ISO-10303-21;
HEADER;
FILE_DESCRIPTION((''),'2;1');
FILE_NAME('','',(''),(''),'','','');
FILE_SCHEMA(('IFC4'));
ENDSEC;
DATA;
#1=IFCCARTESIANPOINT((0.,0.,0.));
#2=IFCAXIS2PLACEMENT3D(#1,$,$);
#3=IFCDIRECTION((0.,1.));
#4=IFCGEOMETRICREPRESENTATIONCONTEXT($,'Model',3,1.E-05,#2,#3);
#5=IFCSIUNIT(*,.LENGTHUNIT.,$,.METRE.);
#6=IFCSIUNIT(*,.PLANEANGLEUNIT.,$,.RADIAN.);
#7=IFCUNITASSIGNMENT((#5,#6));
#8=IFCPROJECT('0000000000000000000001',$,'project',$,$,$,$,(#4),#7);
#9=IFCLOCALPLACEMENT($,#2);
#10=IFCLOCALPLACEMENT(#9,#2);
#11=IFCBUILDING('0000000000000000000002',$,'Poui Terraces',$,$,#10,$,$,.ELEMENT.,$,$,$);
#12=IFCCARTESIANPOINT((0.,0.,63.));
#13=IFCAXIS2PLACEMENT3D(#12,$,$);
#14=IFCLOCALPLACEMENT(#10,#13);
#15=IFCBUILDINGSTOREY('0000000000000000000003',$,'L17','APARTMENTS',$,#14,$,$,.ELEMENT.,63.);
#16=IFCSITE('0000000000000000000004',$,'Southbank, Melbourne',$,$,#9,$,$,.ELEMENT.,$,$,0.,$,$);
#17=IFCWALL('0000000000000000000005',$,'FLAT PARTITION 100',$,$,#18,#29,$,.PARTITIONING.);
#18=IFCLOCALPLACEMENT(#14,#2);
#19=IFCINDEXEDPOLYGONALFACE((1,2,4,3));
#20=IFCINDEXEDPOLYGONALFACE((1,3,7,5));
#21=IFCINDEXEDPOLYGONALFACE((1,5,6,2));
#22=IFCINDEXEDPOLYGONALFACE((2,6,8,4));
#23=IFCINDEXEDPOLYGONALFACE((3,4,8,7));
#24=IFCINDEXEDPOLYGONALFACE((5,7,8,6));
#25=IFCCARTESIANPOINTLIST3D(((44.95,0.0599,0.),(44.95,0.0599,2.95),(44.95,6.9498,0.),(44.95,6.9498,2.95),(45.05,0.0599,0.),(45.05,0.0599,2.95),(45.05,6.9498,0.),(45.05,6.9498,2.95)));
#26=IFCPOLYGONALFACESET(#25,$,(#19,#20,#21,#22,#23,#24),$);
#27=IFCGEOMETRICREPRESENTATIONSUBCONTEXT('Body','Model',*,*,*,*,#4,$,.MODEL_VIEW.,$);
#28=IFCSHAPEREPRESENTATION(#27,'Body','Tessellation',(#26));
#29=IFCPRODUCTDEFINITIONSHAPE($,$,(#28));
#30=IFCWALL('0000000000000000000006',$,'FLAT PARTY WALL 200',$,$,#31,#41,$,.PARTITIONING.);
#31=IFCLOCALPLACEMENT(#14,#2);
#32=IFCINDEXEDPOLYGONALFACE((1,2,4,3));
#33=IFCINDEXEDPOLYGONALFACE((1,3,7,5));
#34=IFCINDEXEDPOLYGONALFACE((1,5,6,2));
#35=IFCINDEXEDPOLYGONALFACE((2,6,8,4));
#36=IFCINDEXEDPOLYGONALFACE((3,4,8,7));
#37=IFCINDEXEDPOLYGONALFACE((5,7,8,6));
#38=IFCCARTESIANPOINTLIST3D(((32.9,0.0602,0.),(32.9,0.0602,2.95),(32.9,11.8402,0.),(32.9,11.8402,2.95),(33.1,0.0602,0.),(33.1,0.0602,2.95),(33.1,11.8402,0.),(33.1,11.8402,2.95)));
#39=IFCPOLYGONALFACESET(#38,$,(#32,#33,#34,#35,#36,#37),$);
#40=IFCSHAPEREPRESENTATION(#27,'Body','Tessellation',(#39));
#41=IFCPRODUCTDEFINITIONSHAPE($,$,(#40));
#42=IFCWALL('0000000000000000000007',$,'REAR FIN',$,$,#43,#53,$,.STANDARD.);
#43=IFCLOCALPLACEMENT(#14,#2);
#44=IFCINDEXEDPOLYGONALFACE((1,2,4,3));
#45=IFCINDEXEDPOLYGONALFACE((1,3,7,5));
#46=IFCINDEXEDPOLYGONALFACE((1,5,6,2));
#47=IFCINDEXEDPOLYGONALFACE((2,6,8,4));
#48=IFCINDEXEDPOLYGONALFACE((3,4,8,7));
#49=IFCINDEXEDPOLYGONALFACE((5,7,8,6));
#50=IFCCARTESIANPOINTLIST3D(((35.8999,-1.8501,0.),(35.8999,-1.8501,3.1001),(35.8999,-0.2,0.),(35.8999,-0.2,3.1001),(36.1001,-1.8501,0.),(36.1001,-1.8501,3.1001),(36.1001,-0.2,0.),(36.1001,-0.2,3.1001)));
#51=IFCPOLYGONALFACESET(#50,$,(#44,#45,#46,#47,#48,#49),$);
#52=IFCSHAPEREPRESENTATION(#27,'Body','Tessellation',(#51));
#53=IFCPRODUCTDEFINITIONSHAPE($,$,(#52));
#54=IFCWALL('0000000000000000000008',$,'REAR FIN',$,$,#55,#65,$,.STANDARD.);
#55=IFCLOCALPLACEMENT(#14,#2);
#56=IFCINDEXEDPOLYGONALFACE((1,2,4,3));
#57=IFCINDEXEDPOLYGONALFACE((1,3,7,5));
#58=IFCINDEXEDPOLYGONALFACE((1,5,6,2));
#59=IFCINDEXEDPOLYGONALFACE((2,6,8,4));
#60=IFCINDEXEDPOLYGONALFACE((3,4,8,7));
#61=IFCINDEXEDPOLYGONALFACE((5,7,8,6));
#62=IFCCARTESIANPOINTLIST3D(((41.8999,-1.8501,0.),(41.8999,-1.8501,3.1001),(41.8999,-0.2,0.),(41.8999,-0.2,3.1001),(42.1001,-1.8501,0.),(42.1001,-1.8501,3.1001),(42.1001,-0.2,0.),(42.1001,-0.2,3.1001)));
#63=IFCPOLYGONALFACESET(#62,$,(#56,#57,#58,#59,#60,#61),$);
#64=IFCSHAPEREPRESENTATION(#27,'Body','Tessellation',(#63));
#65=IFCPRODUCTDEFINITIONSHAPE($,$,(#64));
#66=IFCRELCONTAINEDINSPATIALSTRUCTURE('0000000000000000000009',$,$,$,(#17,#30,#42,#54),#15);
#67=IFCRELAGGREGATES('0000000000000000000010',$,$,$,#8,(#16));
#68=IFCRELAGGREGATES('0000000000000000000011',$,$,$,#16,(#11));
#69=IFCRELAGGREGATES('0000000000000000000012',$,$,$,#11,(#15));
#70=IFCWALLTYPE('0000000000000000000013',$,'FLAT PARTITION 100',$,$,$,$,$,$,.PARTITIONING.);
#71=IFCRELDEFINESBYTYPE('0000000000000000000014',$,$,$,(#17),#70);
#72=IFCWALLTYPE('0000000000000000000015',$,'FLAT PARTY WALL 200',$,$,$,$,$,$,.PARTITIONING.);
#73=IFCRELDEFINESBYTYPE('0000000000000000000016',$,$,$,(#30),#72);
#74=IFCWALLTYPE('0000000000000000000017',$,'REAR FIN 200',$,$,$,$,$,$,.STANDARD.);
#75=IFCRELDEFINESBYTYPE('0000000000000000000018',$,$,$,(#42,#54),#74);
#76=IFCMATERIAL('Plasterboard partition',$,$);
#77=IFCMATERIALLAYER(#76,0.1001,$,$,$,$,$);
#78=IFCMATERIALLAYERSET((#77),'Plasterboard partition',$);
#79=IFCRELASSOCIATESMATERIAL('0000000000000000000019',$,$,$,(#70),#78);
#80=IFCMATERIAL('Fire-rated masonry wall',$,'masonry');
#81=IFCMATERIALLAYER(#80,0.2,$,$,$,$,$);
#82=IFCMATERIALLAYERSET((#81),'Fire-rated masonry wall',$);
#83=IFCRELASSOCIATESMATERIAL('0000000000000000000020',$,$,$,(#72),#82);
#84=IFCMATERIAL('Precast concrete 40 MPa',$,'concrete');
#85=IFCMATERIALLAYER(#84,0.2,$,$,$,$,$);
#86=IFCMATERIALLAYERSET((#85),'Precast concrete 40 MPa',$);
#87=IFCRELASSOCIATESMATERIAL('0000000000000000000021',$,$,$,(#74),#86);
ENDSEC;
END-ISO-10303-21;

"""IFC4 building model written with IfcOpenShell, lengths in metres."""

from ifc_helpers import new_model, si_unit, direction, frame, frame_2d, origin, place, context, subcontext, project, spatial, polyline, rectangle, outline, extrude, source, transform, mapped, material, layer, layer_set, type_object, element, save


model = new_model("IFC4")

# Units and contexts
model_context = context("Model", 3, precision=1e-05, world=origin(), true_north=direction((0.0, 1.0)))
body_context = subcontext(model_context, "Body", "Model", "MODEL_VIEW")
ifc_project = project(units=[si_unit("LENGTHUNIT", "METRE"), si_unit("PLANEANGLEUNIT", "RADIAN")], contexts=[model_context])

# Site, building, storey
site_placement = place(None, origin())
site = spatial("IfcSite", under=ifc_project, at=site_placement, Name="Southbank, Melbourne", CompositionType="ELEMENT", RefElevation=0.0)
building_placement = place(site_placement, origin())
building = spatial("IfcBuilding", under=site, at=building_placement, Name="Poui Terraces", CompositionType="ELEMENT")
storey_placement = place(building_placement, frame((0.0, 0.0, 63.0)))
storey = spatial("IfcBuildingStorey", under=building, at=storey_placement, Name="L17", Description="APARTMENTS", CompositionType="ELEMENT", Elevation=63.0)

# Shared definitions
ifc_material_1 = material(Name="Precast concrete 40 MPa", Category="concrete")

# Shared definitions
ifc_material_2 = material(Name="Plasterboard partition")
ifc_layer_1 = layer(ifc_material_2, 0.1001)
ifc_layer_set_1 = layer_set([ifc_layer_1], Name="Plasterboard partition")
wall_type_1 = type_object("IfcWallType", Name="FLAT PARTITION 100", PredefinedType="PARTITIONING", material=ifc_layer_set_1)

# Walls
wall_1_placement = place(storey_placement, frame((45.0, 0.0601, 0.0), z_axis=(0.0, 0.0, 1.0), x_axis=(0.0, 1.0, 0.0)))
element("IfcWall", 1, at=wall_1_placement, inside=storey, type_object=wall_type_1, Name="FLAT PARTITION 100", PredefinedType="PARTITIONING", context=body_context, shape_type="SweptSolid", body=[
    extrude(rectangle(XDim=6.8899, YDim=0.1001, at=frame_2d((3.4448, 0.0))), origin(), (0.0, 0.0, 1.0), 2.95),
])
ifc_material_3 = material(Name="Fire-rated masonry wall", Category="masonry")
ifc_layer_2 = layer(ifc_material_3, 0.2)
ifc_layer_set_2 = layer_set([ifc_layer_2], Name="Fire-rated masonry wall")
wall_type_2 = type_object("IfcWallType", Name="FLAT PARTY WALL 200", PredefinedType="PARTITIONING", material=ifc_layer_set_2)
wall_2_placement = place(storey_placement, frame((33.0, 0.0601, 0.0), z_axis=(0.0, 0.0, 1.0), x_axis=(0.0, 1.0, 0.0)))
element("IfcWall", 2, at=wall_2_placement, inside=storey, type_object=wall_type_2, Name="FLAT PARTY WALL 200", PredefinedType="PARTITIONING", context=body_context, shape_type="SweptSolid", body=[
    extrude(rectangle(XDim=11.78, YDim=0.2, at=frame_2d((5.8901, 0.0))), origin(), (0.0, 0.0, 1.0), 2.95),
])
ifc_layer_3 = layer(ifc_material_1, 0.2)
ifc_layer_set_3 = layer_set([ifc_layer_3], Name="Precast concrete 40 MPa")
wall_type_3 = type_object("IfcWallType", Name="REAR FIN 200", PredefinedType="STANDARD", material=ifc_layer_set_3)
shared_shape_1 = source(origin(), body_context, "Body", "SweptSolid", [
    extrude(outline(polyline([(0.0, 0.0), (0.2002, 0.0), (0.2002, 1.6501), (0.0, 1.6501), (0.0, 0.0)])), origin(), (0.0, 0.0, 1.0), 3.1001),
])
for number, where, name in (
    (3, (35.8999, -1.8501, 0.0), "REAR FIN"),
    (4, (41.8999, -1.8501, 0.0), "REAR FIN"),
):
    element("IfcWall", number, at=place(storey_placement, frame(where)), inside=storey, type_object=wall_type_3, Name=name, PredefinedType="STANDARD", context=body_context, shape_type="MappedRepresentation", body=[
        mapped(shared_shape_1, transform((0.0, 0.0, 0.0))),
    ])

save(model, "model.ifc")
